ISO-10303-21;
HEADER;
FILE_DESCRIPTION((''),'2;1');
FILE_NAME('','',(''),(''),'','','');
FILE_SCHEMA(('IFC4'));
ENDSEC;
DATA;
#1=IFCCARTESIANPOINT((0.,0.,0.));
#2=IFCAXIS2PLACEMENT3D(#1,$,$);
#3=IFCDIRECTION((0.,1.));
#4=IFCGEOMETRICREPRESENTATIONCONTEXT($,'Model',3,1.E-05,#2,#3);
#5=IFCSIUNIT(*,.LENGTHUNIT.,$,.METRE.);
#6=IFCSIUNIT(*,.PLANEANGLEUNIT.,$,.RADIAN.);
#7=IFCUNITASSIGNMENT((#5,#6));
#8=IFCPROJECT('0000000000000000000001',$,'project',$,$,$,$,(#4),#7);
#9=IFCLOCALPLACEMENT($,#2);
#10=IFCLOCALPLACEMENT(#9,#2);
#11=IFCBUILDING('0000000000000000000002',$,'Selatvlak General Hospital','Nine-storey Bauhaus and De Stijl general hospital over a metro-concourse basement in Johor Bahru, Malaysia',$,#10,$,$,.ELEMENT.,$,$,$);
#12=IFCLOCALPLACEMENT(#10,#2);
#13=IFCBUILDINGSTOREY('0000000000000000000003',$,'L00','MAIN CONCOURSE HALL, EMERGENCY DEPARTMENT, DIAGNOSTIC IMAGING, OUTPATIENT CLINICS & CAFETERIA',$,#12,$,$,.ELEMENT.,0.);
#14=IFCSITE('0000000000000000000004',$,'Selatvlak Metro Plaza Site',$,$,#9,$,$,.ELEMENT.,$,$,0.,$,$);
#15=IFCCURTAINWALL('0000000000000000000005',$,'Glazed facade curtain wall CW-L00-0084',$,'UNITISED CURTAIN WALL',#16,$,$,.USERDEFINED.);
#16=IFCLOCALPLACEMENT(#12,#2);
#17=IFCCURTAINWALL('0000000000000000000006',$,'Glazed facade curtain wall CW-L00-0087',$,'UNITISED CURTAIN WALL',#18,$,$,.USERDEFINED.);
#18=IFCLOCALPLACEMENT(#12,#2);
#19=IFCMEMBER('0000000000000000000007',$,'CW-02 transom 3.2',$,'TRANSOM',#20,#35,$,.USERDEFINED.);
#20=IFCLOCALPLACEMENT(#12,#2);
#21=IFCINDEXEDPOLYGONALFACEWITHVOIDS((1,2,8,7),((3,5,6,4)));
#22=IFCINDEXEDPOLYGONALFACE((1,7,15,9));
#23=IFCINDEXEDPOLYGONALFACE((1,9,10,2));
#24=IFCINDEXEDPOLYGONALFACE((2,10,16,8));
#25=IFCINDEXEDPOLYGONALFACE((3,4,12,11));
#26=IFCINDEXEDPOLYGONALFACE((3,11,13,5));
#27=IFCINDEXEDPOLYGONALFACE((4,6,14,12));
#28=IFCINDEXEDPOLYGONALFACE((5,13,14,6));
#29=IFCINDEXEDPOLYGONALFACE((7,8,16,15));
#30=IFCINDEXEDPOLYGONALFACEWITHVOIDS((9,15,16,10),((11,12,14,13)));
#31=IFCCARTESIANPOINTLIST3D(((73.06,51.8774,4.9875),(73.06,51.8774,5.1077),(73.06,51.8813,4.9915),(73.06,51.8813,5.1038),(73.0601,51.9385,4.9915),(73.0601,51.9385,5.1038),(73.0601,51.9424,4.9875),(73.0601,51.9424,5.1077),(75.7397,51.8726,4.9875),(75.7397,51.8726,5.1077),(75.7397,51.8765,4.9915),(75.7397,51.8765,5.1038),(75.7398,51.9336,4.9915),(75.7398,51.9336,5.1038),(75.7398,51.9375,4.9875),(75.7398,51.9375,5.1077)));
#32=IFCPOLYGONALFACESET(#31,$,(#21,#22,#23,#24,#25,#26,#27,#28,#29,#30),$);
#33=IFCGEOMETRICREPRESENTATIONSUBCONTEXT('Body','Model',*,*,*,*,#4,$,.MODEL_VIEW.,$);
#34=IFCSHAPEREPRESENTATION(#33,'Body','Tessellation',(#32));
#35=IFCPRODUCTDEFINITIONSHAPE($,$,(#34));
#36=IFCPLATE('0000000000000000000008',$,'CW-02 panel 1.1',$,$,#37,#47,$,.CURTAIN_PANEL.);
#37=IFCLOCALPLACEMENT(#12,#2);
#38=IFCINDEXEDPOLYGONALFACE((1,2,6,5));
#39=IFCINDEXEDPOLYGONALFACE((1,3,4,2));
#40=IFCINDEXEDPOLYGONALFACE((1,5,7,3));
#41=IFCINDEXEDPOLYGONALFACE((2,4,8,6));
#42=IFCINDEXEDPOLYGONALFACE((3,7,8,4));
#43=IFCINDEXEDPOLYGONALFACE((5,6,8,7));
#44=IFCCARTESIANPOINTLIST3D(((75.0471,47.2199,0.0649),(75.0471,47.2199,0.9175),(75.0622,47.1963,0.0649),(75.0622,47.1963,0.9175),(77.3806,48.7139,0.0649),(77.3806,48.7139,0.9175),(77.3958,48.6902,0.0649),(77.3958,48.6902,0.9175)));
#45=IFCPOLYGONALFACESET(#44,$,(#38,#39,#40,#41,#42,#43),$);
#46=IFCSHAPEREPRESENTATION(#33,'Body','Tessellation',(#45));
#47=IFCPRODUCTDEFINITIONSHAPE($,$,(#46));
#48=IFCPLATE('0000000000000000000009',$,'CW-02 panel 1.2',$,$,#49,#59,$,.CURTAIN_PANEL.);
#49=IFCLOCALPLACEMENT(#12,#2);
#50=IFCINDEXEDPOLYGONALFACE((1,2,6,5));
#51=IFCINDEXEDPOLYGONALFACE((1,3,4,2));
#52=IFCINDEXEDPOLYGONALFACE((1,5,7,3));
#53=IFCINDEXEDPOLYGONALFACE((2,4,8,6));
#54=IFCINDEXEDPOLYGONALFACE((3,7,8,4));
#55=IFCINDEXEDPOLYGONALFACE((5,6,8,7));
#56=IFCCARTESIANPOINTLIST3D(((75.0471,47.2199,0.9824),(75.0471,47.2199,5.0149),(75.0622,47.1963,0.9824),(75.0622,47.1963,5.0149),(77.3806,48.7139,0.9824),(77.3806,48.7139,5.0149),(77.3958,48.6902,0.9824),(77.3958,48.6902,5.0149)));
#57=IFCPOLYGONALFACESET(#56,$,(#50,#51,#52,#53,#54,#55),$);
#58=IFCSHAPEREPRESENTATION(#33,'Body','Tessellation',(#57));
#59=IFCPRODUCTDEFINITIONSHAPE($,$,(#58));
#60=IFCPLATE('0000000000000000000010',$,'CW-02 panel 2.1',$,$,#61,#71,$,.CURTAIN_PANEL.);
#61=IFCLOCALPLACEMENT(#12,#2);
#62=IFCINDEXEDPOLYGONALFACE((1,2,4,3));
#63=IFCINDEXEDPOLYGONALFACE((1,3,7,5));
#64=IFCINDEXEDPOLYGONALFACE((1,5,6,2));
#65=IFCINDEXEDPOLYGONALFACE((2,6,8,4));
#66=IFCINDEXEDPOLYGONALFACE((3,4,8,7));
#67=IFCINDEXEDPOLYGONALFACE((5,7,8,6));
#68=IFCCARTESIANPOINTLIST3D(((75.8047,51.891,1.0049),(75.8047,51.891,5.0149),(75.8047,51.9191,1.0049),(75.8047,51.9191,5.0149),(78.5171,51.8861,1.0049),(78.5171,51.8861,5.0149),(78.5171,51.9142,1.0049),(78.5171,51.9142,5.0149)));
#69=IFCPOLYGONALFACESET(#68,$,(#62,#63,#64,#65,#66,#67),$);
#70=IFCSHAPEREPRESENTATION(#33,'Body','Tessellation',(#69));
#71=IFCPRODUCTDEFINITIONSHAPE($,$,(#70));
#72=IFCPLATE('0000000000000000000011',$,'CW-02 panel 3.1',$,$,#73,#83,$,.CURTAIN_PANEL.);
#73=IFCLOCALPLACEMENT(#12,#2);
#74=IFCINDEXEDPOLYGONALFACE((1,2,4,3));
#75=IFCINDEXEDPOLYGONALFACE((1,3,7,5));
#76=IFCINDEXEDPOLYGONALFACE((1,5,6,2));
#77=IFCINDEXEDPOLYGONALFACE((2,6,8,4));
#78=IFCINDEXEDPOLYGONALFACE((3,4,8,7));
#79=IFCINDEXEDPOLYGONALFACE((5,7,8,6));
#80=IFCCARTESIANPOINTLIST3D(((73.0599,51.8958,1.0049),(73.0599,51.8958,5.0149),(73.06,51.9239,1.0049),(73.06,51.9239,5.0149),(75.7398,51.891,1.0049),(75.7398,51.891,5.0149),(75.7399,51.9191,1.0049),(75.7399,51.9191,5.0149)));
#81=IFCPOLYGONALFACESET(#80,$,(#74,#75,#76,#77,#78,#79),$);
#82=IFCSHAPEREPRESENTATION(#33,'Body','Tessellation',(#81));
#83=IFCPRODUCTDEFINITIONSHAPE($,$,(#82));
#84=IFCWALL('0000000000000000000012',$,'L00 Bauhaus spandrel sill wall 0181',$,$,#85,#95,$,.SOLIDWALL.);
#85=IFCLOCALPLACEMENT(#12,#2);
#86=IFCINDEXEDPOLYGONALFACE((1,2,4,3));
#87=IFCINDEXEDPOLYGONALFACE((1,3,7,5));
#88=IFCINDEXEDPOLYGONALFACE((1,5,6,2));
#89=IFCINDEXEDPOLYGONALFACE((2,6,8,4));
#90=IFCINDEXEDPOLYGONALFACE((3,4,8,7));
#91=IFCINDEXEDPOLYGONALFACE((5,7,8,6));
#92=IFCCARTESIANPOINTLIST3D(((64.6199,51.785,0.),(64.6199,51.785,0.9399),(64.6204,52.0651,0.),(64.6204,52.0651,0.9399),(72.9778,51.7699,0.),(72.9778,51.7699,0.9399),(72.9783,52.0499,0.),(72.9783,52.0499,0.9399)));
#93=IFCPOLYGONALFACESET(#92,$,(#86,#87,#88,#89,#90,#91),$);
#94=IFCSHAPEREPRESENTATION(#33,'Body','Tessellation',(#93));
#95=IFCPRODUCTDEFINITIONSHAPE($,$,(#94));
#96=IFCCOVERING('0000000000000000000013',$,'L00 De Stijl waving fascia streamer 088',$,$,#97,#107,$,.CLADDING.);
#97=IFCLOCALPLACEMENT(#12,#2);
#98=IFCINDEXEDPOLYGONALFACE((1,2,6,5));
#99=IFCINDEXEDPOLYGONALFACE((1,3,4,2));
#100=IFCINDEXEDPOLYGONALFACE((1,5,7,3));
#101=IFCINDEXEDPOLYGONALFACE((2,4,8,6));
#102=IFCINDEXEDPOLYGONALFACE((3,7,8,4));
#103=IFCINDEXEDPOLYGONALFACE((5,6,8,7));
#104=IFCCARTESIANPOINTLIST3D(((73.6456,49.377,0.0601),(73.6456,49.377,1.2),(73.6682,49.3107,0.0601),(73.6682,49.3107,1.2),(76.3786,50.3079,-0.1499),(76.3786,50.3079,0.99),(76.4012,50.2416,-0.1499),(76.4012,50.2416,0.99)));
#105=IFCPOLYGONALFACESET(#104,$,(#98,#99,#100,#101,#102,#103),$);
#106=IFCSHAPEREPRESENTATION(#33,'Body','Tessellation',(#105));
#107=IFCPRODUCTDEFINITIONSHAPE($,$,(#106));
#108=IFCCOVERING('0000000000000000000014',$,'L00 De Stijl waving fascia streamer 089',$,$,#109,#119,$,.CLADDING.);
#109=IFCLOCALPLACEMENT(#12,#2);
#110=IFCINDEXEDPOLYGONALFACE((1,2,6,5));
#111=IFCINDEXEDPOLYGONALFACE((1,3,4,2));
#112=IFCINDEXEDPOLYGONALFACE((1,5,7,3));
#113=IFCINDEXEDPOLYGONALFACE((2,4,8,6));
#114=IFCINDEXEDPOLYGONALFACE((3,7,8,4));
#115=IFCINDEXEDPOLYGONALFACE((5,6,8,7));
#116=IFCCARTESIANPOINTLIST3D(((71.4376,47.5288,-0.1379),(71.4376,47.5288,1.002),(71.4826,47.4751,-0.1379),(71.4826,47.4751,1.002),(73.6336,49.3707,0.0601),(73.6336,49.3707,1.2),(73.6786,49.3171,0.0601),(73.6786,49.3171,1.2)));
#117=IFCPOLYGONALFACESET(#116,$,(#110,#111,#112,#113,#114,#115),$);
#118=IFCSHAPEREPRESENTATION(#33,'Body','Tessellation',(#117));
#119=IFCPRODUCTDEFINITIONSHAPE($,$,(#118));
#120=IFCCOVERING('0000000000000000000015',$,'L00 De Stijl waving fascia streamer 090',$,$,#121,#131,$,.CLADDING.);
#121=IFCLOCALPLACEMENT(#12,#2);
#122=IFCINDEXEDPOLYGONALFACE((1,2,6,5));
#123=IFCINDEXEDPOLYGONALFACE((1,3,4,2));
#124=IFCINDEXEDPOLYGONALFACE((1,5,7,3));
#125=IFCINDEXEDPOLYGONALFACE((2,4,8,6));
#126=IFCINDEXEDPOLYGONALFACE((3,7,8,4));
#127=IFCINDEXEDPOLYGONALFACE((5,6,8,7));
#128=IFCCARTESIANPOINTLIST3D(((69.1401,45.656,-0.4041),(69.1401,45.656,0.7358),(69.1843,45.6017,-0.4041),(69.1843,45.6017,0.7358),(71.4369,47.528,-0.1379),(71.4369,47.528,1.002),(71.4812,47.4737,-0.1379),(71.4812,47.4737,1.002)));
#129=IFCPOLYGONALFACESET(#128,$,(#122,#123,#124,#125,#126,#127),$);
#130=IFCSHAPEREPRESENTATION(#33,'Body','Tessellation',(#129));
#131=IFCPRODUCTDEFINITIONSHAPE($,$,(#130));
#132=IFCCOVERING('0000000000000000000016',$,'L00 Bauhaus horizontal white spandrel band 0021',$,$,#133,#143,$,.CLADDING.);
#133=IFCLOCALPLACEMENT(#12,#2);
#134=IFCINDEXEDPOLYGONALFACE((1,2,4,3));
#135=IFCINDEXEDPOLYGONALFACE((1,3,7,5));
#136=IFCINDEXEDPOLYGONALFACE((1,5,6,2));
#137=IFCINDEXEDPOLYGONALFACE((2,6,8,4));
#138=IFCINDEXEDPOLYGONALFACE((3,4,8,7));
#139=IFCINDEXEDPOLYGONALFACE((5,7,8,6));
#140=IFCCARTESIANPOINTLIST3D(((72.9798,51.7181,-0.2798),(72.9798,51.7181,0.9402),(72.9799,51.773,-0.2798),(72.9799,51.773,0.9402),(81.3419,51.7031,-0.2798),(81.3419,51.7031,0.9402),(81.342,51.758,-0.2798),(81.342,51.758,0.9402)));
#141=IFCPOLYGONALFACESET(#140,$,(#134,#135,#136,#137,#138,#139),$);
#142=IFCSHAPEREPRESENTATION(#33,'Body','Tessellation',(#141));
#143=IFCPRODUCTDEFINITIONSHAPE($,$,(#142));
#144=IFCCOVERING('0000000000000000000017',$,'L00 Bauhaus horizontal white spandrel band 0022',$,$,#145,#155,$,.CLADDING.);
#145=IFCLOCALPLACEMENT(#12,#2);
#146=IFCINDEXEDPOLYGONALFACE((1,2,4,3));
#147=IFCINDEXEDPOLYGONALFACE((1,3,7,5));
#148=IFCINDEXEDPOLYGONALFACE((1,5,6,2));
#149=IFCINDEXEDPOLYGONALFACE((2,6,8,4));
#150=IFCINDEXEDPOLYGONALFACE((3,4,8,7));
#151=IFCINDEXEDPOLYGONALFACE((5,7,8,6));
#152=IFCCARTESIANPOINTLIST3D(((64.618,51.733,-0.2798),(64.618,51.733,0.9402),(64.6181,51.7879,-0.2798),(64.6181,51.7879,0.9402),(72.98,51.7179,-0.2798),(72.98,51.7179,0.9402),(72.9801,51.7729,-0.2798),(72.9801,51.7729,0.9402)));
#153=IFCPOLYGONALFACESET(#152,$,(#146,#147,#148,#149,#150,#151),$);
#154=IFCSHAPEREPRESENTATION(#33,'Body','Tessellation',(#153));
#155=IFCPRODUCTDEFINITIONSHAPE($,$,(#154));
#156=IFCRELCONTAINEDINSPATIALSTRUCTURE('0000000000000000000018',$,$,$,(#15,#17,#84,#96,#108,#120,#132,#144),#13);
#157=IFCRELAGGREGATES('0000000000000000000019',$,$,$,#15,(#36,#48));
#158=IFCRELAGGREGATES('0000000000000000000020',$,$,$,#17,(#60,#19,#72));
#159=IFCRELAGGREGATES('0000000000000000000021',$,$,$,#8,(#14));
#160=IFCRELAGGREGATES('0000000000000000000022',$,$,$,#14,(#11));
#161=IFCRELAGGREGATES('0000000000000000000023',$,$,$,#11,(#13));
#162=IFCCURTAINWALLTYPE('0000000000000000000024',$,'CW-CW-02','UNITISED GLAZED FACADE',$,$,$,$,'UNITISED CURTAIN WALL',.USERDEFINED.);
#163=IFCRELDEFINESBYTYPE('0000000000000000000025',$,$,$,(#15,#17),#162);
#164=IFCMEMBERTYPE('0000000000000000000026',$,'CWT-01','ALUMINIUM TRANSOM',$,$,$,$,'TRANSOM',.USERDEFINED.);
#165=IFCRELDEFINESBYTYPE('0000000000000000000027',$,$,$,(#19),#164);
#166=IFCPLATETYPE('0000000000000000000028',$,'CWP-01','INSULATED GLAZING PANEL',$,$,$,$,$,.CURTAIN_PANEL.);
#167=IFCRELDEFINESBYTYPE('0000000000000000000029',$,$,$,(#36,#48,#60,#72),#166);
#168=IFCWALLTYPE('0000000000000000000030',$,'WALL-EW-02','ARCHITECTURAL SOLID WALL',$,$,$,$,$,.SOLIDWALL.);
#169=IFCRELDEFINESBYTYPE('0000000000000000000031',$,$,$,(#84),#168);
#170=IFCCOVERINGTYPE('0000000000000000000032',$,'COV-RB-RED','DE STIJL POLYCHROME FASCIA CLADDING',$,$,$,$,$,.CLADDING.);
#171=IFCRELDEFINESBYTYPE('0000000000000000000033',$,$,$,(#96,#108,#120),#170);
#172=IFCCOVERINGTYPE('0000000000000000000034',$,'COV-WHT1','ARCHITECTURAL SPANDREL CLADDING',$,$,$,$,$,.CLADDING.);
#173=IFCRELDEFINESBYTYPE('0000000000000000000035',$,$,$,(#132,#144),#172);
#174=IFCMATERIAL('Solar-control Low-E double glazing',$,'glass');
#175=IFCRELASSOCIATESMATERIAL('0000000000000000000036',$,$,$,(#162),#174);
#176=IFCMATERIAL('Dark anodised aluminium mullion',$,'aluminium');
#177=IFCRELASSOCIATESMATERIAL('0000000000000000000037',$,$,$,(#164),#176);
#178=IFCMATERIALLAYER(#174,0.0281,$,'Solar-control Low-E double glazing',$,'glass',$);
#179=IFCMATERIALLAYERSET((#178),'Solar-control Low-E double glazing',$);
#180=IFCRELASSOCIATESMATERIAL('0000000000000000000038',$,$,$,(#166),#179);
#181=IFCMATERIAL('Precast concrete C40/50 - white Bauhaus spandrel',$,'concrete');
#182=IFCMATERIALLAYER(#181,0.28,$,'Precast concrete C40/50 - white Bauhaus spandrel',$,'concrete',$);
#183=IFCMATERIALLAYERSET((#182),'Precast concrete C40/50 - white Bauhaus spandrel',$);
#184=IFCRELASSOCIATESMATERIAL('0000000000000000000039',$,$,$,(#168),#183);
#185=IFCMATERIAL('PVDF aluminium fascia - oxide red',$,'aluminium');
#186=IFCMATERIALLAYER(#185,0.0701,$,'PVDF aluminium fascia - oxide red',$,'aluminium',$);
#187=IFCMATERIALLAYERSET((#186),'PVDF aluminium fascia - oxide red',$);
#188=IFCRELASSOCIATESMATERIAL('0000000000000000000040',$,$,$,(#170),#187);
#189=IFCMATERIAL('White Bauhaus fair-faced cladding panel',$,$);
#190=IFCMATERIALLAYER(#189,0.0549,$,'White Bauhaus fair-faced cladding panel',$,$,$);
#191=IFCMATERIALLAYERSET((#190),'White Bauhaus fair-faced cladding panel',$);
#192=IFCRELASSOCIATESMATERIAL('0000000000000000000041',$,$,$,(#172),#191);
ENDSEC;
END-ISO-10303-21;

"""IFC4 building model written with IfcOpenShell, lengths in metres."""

from ifc_helpers import new_model, si_unit, direction, frame, frame_2d, origin, origin_2d, place, context, subcontext, project, spatial, polyline, rectangle, hollow_rectangle, outline, extrude, material, layer, layer_set, material_profile, profile_set, type_object, element, aggregate, save


model = new_model("IFC4")

# Units and contexts
model_context = context("Model", 3, precision=1e-05, world=origin(), true_north=direction((0.0, 1.0)))
body_context = subcontext(model_context, "Body", "Model", "MODEL_VIEW")
ifc_project = project(units=[si_unit("LENGTHUNIT", "METRE"), si_unit("PLANEANGLEUNIT", "RADIAN")], contexts=[model_context])

# Site, building, storey
site_placement = place(None, origin())
site = spatial("IfcSite", under=ifc_project, at=site_placement, Name="Selatvlak Metro Plaza Site", CompositionType="ELEMENT", RefElevation=0.0)
building_placement = place(site_placement, origin())
building = spatial("IfcBuilding", under=site, at=building_placement, Name="Selatvlak General Hospital", Description="Nine-storey Bauhaus and De Stijl general hospital over a metro-concourse basement in Johor Bahru, Malaysia", CompositionType="ELEMENT")
storey_placement = place(building_placement, origin())
storey = spatial("IfcBuildingStorey", under=building, at=storey_placement, Name="L00", Description="MAIN CONCOURSE HALL, EMERGENCY DEPARTMENT, DIAGNOSTIC IMAGING, OUTPATIENT CLINICS & CAFETERIA", CompositionType="ELEMENT", Elevation=0.0)

# Curtain wall
ifc_material_1 = material(Name="Solar-control Low-E double glazing", Category="glass")
curtain_wall_type_1 = type_object("IfcCurtainWallType", Name="CW-CW-02", Description="UNITISED GLAZED FACADE", ElementType="UNITISED CURTAIN WALL", PredefinedType="USERDEFINED", material=ifc_material_1)
curtain_wall_1_placement = place(storey_placement, origin())
curtain_wall_1 = element("IfcCurtainWall", 1, at=curtain_wall_1_placement, inside=storey, type_object=curtain_wall_type_1, Name="Glazed facade curtain wall CW-L00-0084", ObjectType="UNITISED CURTAIN WALL", PredefinedType="USERDEFINED")
ifc_material_2 = material(Name="Dark anodised aluminium mullion", Category="aluminium")

# Curtain wall
curtain_wall_2_placement = place(storey_placement, origin())
curtain_wall_2 = element("IfcCurtainWall", 2, at=curtain_wall_2_placement, inside=storey, type_object=curtain_wall_type_1, Name="Glazed facade curtain wall CW-L00-0087", ObjectType="UNITISED CURTAIN WALL", PredefinedType="USERDEFINED")

# Member
ifc_material_profile_1 = material_profile(ifc_material_2, hollow_rectangle(XDim=0.0649, YDim=0.1201, WallThickness=0.0039, at=origin_2d()), Name="AL-TRN 65x120x4")
ifc_profile_set_1 = profile_set([ifc_material_profile_1], Name="Dark anodised aluminium mullion")
member_type_1 = type_object("IfcMemberType", Name="CWT-01", Description="ALUMINIUM TRANSOM", ElementType="TRANSOM", PredefinedType="USERDEFINED", material=ifc_profile_set_1)
member_1_placement = place(storey_placement, frame((75.7397, 51.905, 5.0476), z_axis=(-0.999998, 0.001822, 0.0), x_axis=(-0.001822, -0.999998, 0.0)))
member_1 = element("IfcMember", 3, at=member_1_placement, type_object=member_type_1, Name="CW-02 transom 3.2", ObjectType="TRANSOM", PredefinedType="USERDEFINED", context=body_context, shape_type="SweptSolid", body=[
    extrude(hollow_rectangle(XDim=0.0649, YDim=0.1201, WallThickness=0.0039, at=origin_2d()), origin(), (0.0, 0.0, 1.0), 2.6797),
])

# Plates
ifc_layer_1 = layer(ifc_material_1, 0.0281, Name="Solar-control Low-E double glazing", Category="glass")
ifc_layer_set_1 = layer_set([ifc_layer_1], Name="Solar-control Low-E double glazing")
plate_type = type_object("IfcPlateType", Name="CWP-01", Description="INSULATED GLAZING PANEL", PredefinedType="CURTAIN_PANEL", material=ifc_layer_set_1)
plate_1_placement = place(storey_placement, frame((76.2214, 47.9551, 0.0649), z_axis=(0.0, 0.0, 1.0), x_axis=(0.842196, 0.539171, 0.0)))
plate_1 = element("IfcPlate", 4, at=plate_1_placement, type_object=plate_type, Name="CW-02 panel 1.1", PredefinedType="CURTAIN_PANEL", context=body_context, shape_type="SweptSolid", body=[
    extrude(rectangle(XDim=2.7708, YDim=0.0281, at=origin_2d()), origin(), (0.0, 0.0, 1.0), 0.8525),
])
plate_2_placement = place(storey_placement, frame((76.2214, 47.9551, 0.9824), z_axis=(0.0, 0.0, 1.0), x_axis=(0.842196, 0.539171, 0.0)))
plate_2 = element("IfcPlate", 5, at=plate_2_placement, type_object=plate_type, Name="CW-02 panel 1.2", PredefinedType="CURTAIN_PANEL", context=body_context, shape_type="SweptSolid", body=[
    extrude(rectangle(XDim=2.7708, YDim=0.0281, at=origin_2d()), origin(), (0.0, 0.0, 1.0), 4.0325),
])
aggregate(curtain_wall_1, [plate_1, plate_2])
plate_3_placement = place(storey_placement, frame((77.1609, 51.9026, 1.0049), z_axis=(0.0, 0.0, 1.0), x_axis=(-0.999998, 0.0018, 0.0)))
plate_3 = element("IfcPlate", 6, at=plate_3_placement, type_object=plate_type, Name="CW-02 panel 2.1", PredefinedType="CURTAIN_PANEL", context=body_context, shape_type="SweptSolid", body=[
    extrude(rectangle(XDim=2.7124, YDim=0.0281, at=origin_2d()), origin(), (0.0, 0.0, 1.0), 4.01),
])
plate_4_placement = place(storey_placement, frame((74.3999, 51.9075, 1.0049), z_axis=(0.0, 0.0, 1.0), x_axis=(-0.999998, 0.0018, 0.0)))
plate_4 = element("IfcPlate", 7, at=plate_4_placement, type_object=plate_type, Name="CW-02 panel 3.1", PredefinedType="CURTAIN_PANEL", context=body_context, shape_type="SweptSolid", body=[
    extrude(rectangle(XDim=2.6799, YDim=0.0281, at=origin_2d()), origin(), (0.0, 0.0, 1.0), 4.01),
])
aggregate(curtain_wall_2, [plate_3, member_1, plate_4])

# Wall
ifc_material_3 = material(Name="Precast concrete C40/50 - white Bauhaus spandrel", Category="concrete")
ifc_layer_2 = layer(ifc_material_3, 0.28, Name="Precast concrete C40/50 - white Bauhaus spandrel", Category="concrete")
ifc_layer_set_2 = layer_set([ifc_layer_2], Name="Precast concrete C40/50 - white Bauhaus spandrel")
wall_type = type_object("IfcWallType", Name="WALL-EW-02", Description="ARCHITECTURAL SOLID WALL", PredefinedType="SOLIDWALL", material=ifc_layer_set_2)
wall_placement = place(storey_placement, frame((72.978, 51.9099, 0.0), z_axis=(0.0, 0.0, 1.0), x_axis=(-0.999998, 0.001811, 0.0)))
element("IfcWall", 8, at=wall_placement, inside=storey, type_object=wall_type, Name="L00 Bauhaus spandrel sill wall 0181", PredefinedType="SOLIDWALL", context=body_context, shape_type="SweptSolid", body=[
    extrude(rectangle(XDim=8.3579, YDim=0.28, at=frame_2d((4.179, 0.0))), origin(), (0.0, 0.0, 1.0), 0.9399),
])

# Coverings
ifc_material_4 = material(Name="PVDF aluminium fascia - oxide red", Category="aluminium")
ifc_layer_3 = layer(ifc_material_4, 0.0701, Name="PVDF aluminium fascia - oxide red", Category="aluminium")
ifc_layer_set_3 = layer_set([ifc_layer_3], Name="PVDF aluminium fascia - oxide red")
covering_type_1 = type_object("IfcCoveringType", Name="COV-RB-RED", Description="DE STIJL POLYCHROME FASCIA CLADDING", PredefinedType="CLADDING", material=ifc_layer_set_3)
covering_1_placement = place(storey_placement, frame((76.3899, 50.2749, -0.1499), z_axis=(0.0, 0.0, 1.0), x_axis=(-0.946591, -0.322436, 0.0)))
element("IfcCovering", 9, at=covering_1_placement, inside=storey, type_object=covering_type_1, Name="L00 De Stijl waving fascia streamer 088", PredefinedType="CLADDING", context=body_context, shape_type="SweptSolid", body=[
    extrude(outline(polyline([(0.0, 0.0), (2.8872, 0.21), (2.8872, 1.3499), (0.0, 1.1399), (0.0, 0.0)])), frame((0.0, 0.0352, 0.0), z_axis=(0.0, -1.0, 0.0), x_axis=(1.0, 0.0, 0.0)), (0.0, 0.0, 1.0), 0.0701),
])
covering_2_placement = place(storey_placement, frame((73.656, 49.344, 0.0601), z_axis=(0.0, 0.0, 1.0), x_axis=(-0.766158, -0.642653, 0.0)))
element("IfcCovering", 10, at=covering_2_placement, inside=storey, type_object=covering_type_1, Name="L00 De Stijl waving fascia streamer 089", PredefinedType="CLADDING", context=body_context, shape_type="SweptSolid", body=[
    extrude(outline(polyline([(0.0, 0.0), (2.8662, -0.198), (2.8662, 0.9419), (0.0, 1.1399), (0.0, 0.0)])), frame((0.0, 0.0352, 0.0), z_axis=(0.0, -1.0, 0.0), x_axis=(1.0, 0.0, 0.0)), (0.0, 0.0, 1.0), 0.0701),
])
covering_3_placement = place(storey_placement, frame((71.459, 47.501, -0.1379), z_axis=(0.0, 0.0, 1.0), x_axis=(-0.775145, -0.631783, 0.0)))
element("IfcCovering", 11, at=covering_3_placement, inside=storey, type_object=covering_type_1, Name="L00 De Stijl waving fascia streamer 090", PredefinedType="CLADDING", context=body_context, shape_type="SweptSolid", body=[
    extrude(outline(polyline([(0.0, 0.0), (2.9631, -0.2661), (2.9631, 0.8738), (0.0, 1.1399), (0.0, 0.0)])), frame((0.0, 0.0352, 0.0), z_axis=(0.0, -1.0, 0.0), x_axis=(1.0, 0.0, 0.0)), (0.0, 0.0, 1.0), 0.0701),
])
ifc_material_5 = material(Name="White Bauhaus fair-faced cladding panel")
ifc_layer_4 = layer(ifc_material_5, 0.0549, Name="White Bauhaus fair-faced cladding panel")
ifc_layer_set_4 = layer_set([ifc_layer_4], Name="White Bauhaus fair-faced cladding panel")
covering_type_2 = type_object("IfcCoveringType", Name="COV-WHT1", Description="ARCHITECTURAL SPANDREL CLADDING", PredefinedType="CLADDING", material=ifc_layer_set_4)
for number, where, z_axis, x_axis, name in (
    (12, (77.1609, 51.738, -0.2798), (0.0, 0.0, 1.0), (-0.999998, 0.001798, 0.0), "L00 Bauhaus horizontal white spandrel band 0021"),
    (13, (68.7991, 51.7529, -0.2798), (0.0, 0.0, 1.0), (-0.999998, 0.001798, 0.0), "L00 Bauhaus horizontal white spandrel band 0022"),
):
    element("IfcCovering", number, at=place(storey_placement, frame(where, z_axis=z_axis, x_axis=x_axis)), inside=storey, type_object=covering_type_2, Name=name, PredefinedType="CLADDING", context=body_context, shape_type="SweptSolid", body=[
        extrude(rectangle(XDim=8.3621, YDim=0.0549, at=origin_2d()), origin(), (0.0, 0.0, 1.0), 1.22),
    ])

save(model, "model.ifc")
